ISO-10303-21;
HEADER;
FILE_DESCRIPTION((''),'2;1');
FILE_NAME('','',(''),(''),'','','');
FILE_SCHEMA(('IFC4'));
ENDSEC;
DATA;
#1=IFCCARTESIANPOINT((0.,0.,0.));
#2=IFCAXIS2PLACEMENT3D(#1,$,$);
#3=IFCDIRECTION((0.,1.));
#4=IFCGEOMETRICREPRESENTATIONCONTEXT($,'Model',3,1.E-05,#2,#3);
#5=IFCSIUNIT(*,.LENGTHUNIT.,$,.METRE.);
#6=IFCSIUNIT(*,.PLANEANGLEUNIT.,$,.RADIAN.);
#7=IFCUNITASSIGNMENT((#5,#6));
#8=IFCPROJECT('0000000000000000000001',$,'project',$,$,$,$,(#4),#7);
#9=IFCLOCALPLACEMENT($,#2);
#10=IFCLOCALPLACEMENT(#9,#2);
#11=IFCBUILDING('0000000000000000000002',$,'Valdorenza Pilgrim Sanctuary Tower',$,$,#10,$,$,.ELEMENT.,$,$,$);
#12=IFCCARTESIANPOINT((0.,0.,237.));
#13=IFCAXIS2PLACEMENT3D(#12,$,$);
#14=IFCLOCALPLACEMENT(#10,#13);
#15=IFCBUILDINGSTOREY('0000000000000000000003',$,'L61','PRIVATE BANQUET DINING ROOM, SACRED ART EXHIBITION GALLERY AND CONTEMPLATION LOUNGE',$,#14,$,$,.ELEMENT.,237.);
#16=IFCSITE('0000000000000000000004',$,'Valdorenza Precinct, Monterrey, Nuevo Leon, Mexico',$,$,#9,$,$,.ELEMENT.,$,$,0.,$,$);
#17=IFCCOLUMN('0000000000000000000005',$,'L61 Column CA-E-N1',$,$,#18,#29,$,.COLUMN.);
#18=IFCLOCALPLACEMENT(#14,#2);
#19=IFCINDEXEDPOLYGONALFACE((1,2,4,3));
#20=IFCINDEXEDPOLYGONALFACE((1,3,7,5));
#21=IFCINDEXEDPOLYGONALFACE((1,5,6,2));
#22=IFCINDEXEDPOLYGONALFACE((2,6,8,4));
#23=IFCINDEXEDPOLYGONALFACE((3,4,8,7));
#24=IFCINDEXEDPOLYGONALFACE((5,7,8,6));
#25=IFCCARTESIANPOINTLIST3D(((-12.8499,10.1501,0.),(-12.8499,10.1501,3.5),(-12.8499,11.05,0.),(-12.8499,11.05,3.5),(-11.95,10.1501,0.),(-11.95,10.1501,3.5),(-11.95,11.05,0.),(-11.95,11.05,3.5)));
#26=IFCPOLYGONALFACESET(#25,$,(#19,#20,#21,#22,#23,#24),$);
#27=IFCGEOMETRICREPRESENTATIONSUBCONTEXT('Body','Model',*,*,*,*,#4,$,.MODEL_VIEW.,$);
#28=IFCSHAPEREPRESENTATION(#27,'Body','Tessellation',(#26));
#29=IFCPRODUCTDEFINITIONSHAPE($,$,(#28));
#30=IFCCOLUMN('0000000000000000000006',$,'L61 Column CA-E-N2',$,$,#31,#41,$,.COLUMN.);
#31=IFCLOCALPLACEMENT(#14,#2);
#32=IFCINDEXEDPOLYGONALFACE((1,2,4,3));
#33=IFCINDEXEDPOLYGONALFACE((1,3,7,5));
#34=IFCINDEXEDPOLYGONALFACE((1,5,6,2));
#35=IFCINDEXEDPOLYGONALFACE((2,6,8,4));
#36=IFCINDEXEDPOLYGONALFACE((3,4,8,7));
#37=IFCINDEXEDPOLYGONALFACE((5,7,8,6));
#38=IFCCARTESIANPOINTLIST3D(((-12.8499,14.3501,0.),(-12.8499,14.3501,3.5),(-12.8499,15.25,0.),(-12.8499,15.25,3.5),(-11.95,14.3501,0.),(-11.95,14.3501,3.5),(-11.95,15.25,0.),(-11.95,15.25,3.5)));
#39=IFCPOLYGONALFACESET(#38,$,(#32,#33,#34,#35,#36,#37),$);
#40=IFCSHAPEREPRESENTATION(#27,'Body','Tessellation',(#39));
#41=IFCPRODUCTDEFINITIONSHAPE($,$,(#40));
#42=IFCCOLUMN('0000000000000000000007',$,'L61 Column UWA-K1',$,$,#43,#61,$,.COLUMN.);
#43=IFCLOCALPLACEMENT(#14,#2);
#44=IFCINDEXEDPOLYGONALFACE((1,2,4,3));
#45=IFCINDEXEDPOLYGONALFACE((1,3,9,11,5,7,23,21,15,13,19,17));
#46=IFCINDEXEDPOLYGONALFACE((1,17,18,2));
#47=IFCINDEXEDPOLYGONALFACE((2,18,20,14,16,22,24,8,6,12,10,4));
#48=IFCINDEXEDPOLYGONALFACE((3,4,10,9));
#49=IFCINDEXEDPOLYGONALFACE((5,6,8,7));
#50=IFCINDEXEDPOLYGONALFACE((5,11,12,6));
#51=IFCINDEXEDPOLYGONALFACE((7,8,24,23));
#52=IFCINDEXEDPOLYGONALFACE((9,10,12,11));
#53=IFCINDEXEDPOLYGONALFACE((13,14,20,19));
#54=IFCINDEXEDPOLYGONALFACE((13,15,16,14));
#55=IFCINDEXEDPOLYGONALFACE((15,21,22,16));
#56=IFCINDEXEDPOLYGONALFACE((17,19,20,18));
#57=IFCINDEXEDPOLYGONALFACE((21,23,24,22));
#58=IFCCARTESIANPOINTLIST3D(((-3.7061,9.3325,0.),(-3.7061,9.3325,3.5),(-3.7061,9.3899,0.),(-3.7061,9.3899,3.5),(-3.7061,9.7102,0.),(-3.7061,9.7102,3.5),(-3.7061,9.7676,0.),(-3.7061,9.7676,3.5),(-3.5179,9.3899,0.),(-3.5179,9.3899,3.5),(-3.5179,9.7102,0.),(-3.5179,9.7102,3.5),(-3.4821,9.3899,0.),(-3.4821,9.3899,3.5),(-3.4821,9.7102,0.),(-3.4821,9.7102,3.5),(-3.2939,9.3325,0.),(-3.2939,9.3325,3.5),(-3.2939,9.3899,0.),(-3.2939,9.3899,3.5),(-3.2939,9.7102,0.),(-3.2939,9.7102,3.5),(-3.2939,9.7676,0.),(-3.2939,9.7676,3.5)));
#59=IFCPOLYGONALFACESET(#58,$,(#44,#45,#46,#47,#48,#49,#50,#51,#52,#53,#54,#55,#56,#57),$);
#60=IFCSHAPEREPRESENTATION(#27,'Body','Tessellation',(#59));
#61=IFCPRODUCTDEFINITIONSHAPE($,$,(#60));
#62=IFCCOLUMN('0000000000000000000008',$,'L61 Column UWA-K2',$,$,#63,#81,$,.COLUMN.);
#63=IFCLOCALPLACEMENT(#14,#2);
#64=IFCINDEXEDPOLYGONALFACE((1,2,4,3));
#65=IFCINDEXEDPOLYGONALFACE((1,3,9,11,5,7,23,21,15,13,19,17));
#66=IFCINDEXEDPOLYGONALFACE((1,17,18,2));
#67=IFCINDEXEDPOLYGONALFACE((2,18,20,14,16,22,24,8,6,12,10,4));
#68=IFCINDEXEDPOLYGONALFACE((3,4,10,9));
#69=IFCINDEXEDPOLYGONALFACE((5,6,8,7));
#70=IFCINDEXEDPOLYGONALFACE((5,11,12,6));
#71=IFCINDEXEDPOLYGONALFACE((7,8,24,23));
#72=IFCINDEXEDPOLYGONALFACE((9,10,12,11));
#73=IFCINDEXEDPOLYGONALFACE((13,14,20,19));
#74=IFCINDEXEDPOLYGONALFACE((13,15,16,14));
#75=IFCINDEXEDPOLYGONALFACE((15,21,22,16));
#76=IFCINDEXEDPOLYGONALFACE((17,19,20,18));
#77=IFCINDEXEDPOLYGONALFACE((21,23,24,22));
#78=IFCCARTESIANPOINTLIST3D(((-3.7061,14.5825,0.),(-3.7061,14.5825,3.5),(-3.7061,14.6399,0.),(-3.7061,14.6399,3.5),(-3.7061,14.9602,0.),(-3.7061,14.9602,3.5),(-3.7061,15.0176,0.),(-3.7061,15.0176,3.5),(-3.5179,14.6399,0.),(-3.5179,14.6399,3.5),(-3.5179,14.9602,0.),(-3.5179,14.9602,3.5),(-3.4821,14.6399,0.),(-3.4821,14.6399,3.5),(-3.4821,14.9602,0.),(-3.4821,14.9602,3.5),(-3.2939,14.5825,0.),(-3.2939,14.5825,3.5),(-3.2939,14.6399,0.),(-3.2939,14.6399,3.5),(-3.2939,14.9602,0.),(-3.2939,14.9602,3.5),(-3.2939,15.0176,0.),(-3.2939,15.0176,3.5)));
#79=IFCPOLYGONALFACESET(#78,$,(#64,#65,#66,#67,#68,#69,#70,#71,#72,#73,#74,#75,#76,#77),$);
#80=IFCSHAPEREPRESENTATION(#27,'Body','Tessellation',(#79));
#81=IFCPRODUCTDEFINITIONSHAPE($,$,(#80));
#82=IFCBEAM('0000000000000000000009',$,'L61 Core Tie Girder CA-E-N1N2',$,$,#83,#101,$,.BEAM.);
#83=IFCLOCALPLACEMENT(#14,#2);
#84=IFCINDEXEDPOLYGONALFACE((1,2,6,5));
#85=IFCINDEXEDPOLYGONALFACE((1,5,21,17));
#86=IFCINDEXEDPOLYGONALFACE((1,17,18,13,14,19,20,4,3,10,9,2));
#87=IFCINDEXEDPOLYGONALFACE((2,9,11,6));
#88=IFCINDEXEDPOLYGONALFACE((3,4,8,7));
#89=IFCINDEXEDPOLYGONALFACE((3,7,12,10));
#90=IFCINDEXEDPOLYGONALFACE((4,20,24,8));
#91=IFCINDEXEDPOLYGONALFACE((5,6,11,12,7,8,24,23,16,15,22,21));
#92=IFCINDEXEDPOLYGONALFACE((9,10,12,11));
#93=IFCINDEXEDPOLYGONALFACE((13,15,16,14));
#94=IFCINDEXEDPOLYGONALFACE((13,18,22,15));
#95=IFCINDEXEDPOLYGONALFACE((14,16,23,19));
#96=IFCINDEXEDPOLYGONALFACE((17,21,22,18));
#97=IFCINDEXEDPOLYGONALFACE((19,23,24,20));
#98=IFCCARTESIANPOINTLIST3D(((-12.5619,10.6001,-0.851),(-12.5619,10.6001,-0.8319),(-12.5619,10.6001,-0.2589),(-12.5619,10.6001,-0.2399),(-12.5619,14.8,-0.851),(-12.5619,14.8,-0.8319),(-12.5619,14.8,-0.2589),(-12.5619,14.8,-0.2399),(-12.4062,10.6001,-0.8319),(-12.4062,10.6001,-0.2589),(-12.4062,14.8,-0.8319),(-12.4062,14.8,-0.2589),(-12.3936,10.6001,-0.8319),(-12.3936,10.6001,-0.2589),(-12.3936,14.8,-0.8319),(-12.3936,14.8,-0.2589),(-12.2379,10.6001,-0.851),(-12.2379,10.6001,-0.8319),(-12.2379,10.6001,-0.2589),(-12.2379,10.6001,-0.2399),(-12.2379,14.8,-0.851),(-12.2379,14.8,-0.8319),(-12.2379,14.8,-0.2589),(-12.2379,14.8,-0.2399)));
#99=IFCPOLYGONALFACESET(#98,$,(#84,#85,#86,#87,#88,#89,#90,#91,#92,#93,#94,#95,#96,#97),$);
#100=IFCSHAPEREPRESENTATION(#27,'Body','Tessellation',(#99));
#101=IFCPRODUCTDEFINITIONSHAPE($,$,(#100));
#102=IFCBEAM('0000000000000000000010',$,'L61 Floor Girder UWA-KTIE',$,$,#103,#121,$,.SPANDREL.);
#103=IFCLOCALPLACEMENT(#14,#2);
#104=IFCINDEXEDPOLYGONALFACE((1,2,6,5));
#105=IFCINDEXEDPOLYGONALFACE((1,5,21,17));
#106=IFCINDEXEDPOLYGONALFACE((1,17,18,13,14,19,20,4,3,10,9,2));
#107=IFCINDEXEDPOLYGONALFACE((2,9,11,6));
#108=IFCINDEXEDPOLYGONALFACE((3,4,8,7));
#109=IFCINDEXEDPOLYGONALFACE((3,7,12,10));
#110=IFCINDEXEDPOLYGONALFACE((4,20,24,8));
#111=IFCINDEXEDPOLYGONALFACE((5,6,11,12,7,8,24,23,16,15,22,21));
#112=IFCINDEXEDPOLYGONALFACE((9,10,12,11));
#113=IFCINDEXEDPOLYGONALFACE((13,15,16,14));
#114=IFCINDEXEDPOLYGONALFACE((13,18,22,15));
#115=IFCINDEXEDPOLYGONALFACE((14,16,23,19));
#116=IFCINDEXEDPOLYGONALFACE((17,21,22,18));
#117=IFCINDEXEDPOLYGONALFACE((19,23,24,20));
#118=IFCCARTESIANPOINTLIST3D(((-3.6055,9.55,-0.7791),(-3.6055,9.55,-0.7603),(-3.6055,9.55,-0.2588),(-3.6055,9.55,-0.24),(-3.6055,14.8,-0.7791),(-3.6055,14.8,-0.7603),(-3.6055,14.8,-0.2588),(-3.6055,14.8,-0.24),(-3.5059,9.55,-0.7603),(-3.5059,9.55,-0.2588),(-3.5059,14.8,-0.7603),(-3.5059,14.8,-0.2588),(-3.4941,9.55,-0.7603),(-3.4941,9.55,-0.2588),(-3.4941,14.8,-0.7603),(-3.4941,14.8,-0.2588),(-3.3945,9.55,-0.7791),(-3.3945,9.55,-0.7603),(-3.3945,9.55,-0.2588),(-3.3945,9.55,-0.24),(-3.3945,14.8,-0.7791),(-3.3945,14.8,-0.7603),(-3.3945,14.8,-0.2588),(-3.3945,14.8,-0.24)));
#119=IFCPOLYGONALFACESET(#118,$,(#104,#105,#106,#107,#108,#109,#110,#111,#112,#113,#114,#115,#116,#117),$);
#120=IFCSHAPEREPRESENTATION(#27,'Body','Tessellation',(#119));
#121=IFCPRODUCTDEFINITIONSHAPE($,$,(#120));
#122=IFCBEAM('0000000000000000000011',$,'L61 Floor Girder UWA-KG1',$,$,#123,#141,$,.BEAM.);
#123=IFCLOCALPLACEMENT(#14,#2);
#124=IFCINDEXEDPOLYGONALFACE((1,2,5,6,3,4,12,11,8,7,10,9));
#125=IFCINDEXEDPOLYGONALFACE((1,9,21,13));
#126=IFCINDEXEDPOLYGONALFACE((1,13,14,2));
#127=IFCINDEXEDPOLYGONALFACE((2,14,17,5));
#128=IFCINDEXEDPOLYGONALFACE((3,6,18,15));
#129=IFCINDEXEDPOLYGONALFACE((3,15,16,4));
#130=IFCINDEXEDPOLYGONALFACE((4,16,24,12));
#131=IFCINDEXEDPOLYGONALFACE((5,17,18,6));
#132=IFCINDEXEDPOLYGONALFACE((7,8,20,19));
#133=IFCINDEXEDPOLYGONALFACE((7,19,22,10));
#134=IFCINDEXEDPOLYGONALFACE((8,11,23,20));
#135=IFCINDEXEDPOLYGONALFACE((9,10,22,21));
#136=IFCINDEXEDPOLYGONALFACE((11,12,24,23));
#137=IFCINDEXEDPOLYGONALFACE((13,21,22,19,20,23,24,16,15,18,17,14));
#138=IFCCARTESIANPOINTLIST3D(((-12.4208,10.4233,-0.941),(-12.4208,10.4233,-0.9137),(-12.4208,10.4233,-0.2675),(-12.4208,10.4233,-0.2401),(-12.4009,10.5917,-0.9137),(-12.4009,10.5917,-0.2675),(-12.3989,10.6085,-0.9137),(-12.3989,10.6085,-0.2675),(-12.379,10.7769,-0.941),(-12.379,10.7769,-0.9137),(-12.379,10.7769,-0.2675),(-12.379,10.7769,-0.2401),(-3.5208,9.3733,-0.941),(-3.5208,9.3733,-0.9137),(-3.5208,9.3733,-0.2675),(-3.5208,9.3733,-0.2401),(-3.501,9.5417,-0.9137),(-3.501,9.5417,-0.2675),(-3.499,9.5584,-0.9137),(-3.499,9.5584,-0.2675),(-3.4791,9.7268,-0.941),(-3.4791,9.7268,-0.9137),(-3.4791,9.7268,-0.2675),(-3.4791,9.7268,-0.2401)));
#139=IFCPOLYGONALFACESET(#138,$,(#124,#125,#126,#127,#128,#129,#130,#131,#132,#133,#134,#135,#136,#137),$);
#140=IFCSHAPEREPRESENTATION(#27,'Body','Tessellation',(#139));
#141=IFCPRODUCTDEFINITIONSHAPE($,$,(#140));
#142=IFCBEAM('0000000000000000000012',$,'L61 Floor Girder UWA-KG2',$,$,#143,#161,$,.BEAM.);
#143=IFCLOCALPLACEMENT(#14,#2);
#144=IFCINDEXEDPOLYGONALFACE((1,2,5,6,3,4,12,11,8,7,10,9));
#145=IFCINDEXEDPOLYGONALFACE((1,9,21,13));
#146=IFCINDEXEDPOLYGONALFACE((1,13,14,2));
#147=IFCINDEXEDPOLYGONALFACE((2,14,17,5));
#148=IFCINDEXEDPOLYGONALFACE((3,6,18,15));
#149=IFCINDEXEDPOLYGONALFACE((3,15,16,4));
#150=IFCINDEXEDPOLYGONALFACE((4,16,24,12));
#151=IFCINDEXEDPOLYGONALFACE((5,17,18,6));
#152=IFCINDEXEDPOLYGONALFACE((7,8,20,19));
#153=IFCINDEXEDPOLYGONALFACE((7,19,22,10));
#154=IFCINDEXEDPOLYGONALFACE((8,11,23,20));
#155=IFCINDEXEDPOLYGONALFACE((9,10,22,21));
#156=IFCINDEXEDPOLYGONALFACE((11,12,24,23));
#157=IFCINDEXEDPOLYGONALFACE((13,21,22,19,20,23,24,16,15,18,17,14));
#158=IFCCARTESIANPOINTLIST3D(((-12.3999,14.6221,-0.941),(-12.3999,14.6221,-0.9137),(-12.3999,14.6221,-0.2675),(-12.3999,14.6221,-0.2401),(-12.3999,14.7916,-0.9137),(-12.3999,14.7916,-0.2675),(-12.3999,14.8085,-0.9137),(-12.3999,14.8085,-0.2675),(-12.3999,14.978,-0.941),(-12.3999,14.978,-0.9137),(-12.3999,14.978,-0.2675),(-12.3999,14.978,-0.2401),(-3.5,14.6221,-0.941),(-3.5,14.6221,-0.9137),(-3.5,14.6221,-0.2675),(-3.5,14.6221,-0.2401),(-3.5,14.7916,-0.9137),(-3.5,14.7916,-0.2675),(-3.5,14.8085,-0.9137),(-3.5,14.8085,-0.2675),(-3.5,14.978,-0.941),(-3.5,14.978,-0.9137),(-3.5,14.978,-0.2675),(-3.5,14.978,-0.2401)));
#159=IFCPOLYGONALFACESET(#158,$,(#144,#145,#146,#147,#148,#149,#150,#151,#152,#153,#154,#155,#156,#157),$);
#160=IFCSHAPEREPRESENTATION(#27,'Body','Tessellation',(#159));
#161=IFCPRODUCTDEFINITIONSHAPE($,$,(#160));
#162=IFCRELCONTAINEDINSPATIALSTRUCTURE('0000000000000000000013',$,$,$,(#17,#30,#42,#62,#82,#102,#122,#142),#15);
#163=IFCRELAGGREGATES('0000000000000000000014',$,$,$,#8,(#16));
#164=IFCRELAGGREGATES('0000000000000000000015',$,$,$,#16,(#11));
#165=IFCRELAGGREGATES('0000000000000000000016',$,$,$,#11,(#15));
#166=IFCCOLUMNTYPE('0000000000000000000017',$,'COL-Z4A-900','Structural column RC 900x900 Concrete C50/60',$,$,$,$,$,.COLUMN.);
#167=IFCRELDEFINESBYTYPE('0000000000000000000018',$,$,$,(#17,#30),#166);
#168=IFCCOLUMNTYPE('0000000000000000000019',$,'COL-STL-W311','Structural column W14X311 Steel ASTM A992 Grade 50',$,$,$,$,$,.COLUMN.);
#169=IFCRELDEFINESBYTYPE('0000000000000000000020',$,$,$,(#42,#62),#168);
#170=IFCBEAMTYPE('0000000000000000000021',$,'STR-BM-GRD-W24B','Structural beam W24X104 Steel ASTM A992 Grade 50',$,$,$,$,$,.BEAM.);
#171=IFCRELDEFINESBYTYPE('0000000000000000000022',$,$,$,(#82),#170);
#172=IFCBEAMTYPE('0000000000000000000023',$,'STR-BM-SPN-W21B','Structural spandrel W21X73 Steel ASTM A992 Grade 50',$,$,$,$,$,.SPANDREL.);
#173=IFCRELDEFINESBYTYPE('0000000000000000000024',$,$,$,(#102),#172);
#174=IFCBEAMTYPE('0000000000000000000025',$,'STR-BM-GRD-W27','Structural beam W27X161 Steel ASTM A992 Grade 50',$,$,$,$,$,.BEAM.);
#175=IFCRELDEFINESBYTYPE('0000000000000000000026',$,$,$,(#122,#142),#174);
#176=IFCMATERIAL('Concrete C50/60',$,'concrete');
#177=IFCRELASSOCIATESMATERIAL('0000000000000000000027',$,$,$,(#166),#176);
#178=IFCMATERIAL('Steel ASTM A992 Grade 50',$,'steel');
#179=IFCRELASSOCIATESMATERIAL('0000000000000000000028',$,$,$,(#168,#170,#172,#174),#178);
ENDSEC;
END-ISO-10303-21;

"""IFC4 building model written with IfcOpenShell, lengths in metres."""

from ifc_helpers import new_model, si_unit, direction, frame, origin, origin_2d, place, context, subcontext, project, spatial, rectangle, i_section, extrude, source, transform, mapped, material, material_profile, profile_set, type_object, element, save


model = new_model("IFC4")

# Units and contexts
model_context = context("Model", 3, precision=1e-05, world=origin(), true_north=direction((0.0, 1.0)))
body_context = subcontext(model_context, "Body", "Model", "MODEL_VIEW")
ifc_project = project(units=[si_unit("LENGTHUNIT", "METRE"), si_unit("PLANEANGLEUNIT", "RADIAN")], contexts=[model_context])

# Site, building, storey
site_placement = place(None, origin())
site = spatial("IfcSite", under=ifc_project, at=site_placement, Name="Valdorenza Precinct, Monterrey, Nuevo Leon, Mexico", CompositionType="ELEMENT", RefElevation=0.0)
building_placement = place(site_placement, origin())
building = spatial("IfcBuilding", under=site, at=building_placement, Name="Valdorenza Pilgrim Sanctuary Tower", CompositionType="ELEMENT")
storey_placement = place(building_placement, frame((0.0, 0.0, 237.0)))
storey = spatial("IfcBuildingStorey", under=building, at=storey_placement, Name="L61", Description="PRIVATE BANQUET DINING ROOM, SACRED ART EXHIBITION GALLERY AND CONTEMPLATION LOUNGE", CompositionType="ELEMENT", Elevation=237.0)

# Columns
ifc_material_1 = material(Name="Concrete C50/60", Category="concrete")
ifc_material_profile_1 = material_profile(ifc_material_1, rectangle(XDim=0.8999, YDim=0.8999, at=origin_2d()), Name="RC 900x900")
ifc_profile_set_1 = profile_set([ifc_material_profile_1], Name="Concrete C50/60")
column_type_1 = type_object("IfcColumnType", Name="COL-Z4A-900", Description="Structural column RC 900x900 Concrete C50/60", PredefinedType="COLUMN", material=ifc_profile_set_1)
shared_shape_1 = source(origin(), body_context, "Body", "SweptSolid", [
    extrude(rectangle(XDim=0.8999, YDim=0.8999, at=origin_2d()), origin(), (0.0, 0.0, 1.0), 3.5),
])
for number, where, z_axis, x_axis, name in (
    (1, (-12.3999, 10.6001, 0.0), (0.0, 0.0, 1.0), (1.0, 0.0, 0.0), "L61 Column CA-E-N1"),
    (2, (-12.3999, 14.8, 0.0), (0.0, 0.0, 1.0), (1.0, 0.0, 0.0), "L61 Column CA-E-N2"),
):
    element("IfcColumn", number, at=place(storey_placement, frame(where, z_axis=z_axis, x_axis=x_axis)), inside=storey, type_object=column_type_1, Name=name, PredefinedType="COLUMN", context=body_context, shape_type="MappedRepresentation", body=[
        mapped(shared_shape_1, transform((0.0, 0.0, 0.0), x_axis=(1.0, 0.0, 0.0), y_axis=(0.0, 1.0, 0.0), z_axis=(0.0, 0.0, 1.0), scale=1.0)),
    ])
ifc_material_2 = material(Name="Steel ASTM A992 Grade 50", Category="steel")
ifc_material_profile_2 = material_profile(ifc_material_2, i_section(OverallWidth=0.4121, OverallDepth=0.4351, WebThickness=0.0359, FlangeThickness=0.0574, at=origin_2d()), Name="W14X311")
ifc_profile_set_2 = profile_set([ifc_material_profile_2], Name="Steel ASTM A992 Grade 50")
column_type_2 = type_object("IfcColumnType", Name="COL-STL-W311", Description="Structural column W14X311 Steel ASTM A992 Grade 50", PredefinedType="COLUMN", material=ifc_profile_set_2)
shared_shape_2 = source(origin(), body_context, "Body", "SweptSolid", [
    extrude(i_section(OverallWidth=0.4121, OverallDepth=0.4351, WebThickness=0.0359, FlangeThickness=0.0574, at=origin_2d()), origin(), (0.0, 0.0, 1.0), 3.5),
])
for number, where, z_axis, x_axis, name in (
    (3, (-3.5, 9.55, 0.0), (0.0, 0.0, 1.0), (1.0, 0.0, 0.0), "L61 Column UWA-K1"),
    (4, (-3.5, 14.8, 0.0), (0.0, 0.0, 1.0), (1.0, 0.0, 0.0), "L61 Column UWA-K2"),
):
    element("IfcColumn", number, at=place(storey_placement, frame(where, z_axis=z_axis, x_axis=x_axis)), inside=storey, type_object=column_type_2, Name=name, PredefinedType="COLUMN", context=body_context, shape_type="MappedRepresentation", body=[
        mapped(shared_shape_2, transform((0.0, 0.0, 0.0), x_axis=(1.0, 0.0, 0.0), y_axis=(0.0, 1.0, 0.0), z_axis=(0.0, 0.0, 1.0), scale=1.0)),
    ])

# Beams
ifc_material_profile_3 = material_profile(ifc_material_2, i_section(OverallWidth=0.324, OverallDepth=0.6111, WebThickness=0.0127, FlangeThickness=0.019, at=origin_2d()), Name="W24X104")
ifc_profile_set_3 = profile_set([ifc_material_profile_3], Name="Steel ASTM A992 Grade 50")
beam_type_1 = type_object("IfcBeamType", Name="STR-BM-GRD-W24B", Description="Structural beam W24X104 Steel ASTM A992 Grade 50", PredefinedType="BEAM", material=ifc_profile_set_3)
shared_shape_3 = source(origin(), body_context, "Body", "SweptSolid", [
    extrude(i_section(OverallWidth=0.324, OverallDepth=0.6111, WebThickness=0.0127, FlangeThickness=0.019, at=origin_2d()), origin(), (0.0, 0.0, 1.0), 4.2),
])
beam_1_placement = place(storey_placement, frame((-12.3999, 10.6001, -0.5454), z_axis=(0.0, 1.0, 0.0), x_axis=(-1.0, 0.0, 0.0)))
element("IfcBeam", 5, at=beam_1_placement, inside=storey, type_object=beam_type_1, Name="L61 Core Tie Girder CA-E-N1N2", PredefinedType="BEAM", context=body_context, shape_type="MappedRepresentation", body=[
    mapped(shared_shape_3, transform((0.0, 0.0, 0.0), x_axis=(1.0, 0.0, 0.0), y_axis=(0.0, 1.0, 0.0), z_axis=(0.0, 0.0, 1.0), scale=1.0)),
])
ifc_material_profile_4 = material_profile(ifc_material_2, i_section(OverallWidth=0.2109, OverallDepth=0.5391, WebThickness=0.0117, FlangeThickness=0.0188, at=origin_2d()), Name="W21X73")
ifc_profile_set_4 = profile_set([ifc_material_profile_4], Name="Steel ASTM A992 Grade 50")
beam_type_2 = type_object("IfcBeamType", Name="STR-BM-SPN-W21B", Description="Structural spandrel W21X73 Steel ASTM A992 Grade 50", PredefinedType="SPANDREL", material=ifc_profile_set_4)
shared_shape_4 = source(origin(), body_context, "Body", "SweptSolid", [
    extrude(i_section(OverallWidth=0.2109, OverallDepth=0.5391, WebThickness=0.0117, FlangeThickness=0.0188, at=origin_2d()), origin(), (0.0, 0.0, 1.0), 5.25),
])
beam_2_placement = place(storey_placement, frame((-3.5, 9.55, -0.5095), z_axis=(0.0, 1.0, 0.0), x_axis=(-1.0, 0.0, 0.0)))
element("IfcBeam", 6, at=beam_2_placement, inside=storey, type_object=beam_type_2, Name="L61 Floor Girder UWA-KTIE", PredefinedType="SPANDREL", context=body_context, shape_type="MappedRepresentation", body=[
    mapped(shared_shape_4, transform((0.0, 0.0, 0.0), x_axis=(1.0, 0.0, 0.0), y_axis=(0.0, 1.0, 0.0), z_axis=(0.0, 0.0, 1.0), scale=1.0)),
])
ifc_material_profile_5 = material_profile(ifc_material_2, i_section(OverallWidth=0.356, OverallDepth=0.7009, WebThickness=0.0168, FlangeThickness=0.0273, at=origin_2d()), Name="W27X161")
ifc_profile_set_5 = profile_set([ifc_material_profile_5], Name="Steel ASTM A992 Grade 50")
beam_type_3 = type_object("IfcBeamType", Name="STR-BM-GRD-W27", Description="Structural beam W27X161 Steel ASTM A992 Grade 50", PredefinedType="BEAM", material=ifc_profile_set_5)
shared_shape_5 = source(origin(), body_context, "Body", "SweptSolid", [
    extrude(i_section(OverallWidth=0.356, OverallDepth=0.7009, WebThickness=0.0168, FlangeThickness=0.0273, at=origin_2d()), origin(), (0.0, 0.0, 1.0), 8.9617),
])
beam_3_placement = place(storey_placement, frame((-12.3999, 10.6001, -0.5906), z_axis=(0.993112, -0.117172, 0.0), x_axis=(0.117172, 0.993112, 0.0)))
element("IfcBeam", 7, at=beam_3_placement, inside=storey, type_object=beam_type_3, Name="L61 Floor Girder UWA-KG1", PredefinedType="BEAM", context=body_context, shape_type="MappedRepresentation", body=[
    mapped(shared_shape_5, transform((0.0, 0.0, 0.0), x_axis=(1.0, 0.0, 0.0), y_axis=(0.0, 1.0, 0.0), z_axis=(0.0, 0.0, 1.0), scale=1.0)),
])
shared_shape_6 = source(origin(), body_context, "Body", "SweptSolid", [
    extrude(i_section(OverallWidth=0.356, OverallDepth=0.7009, WebThickness=0.0168, FlangeThickness=0.0273, at=origin_2d()), origin(), (0.0, 0.0, 1.0), 8.8999),
])
beam_4_placement = place(storey_placement, frame((-12.3999, 14.8, -0.5906), z_axis=(1.0, 0.0, 0.0), x_axis=(0.0, 1.0, 0.0)))
element("IfcBeam", 8, at=beam_4_placement, inside=storey, type_object=beam_type_3, Name="L61 Floor Girder UWA-KG2", PredefinedType="BEAM", context=body_context, shape_type="MappedRepresentation", body=[
    mapped(shared_shape_6, transform((0.0, 0.0, 0.0), x_axis=(1.0, 0.0, 0.0), y_axis=(0.0, 1.0, 0.0), z_axis=(0.0, 0.0, 1.0), scale=1.0)),
])

save(model, "model.ifc")
